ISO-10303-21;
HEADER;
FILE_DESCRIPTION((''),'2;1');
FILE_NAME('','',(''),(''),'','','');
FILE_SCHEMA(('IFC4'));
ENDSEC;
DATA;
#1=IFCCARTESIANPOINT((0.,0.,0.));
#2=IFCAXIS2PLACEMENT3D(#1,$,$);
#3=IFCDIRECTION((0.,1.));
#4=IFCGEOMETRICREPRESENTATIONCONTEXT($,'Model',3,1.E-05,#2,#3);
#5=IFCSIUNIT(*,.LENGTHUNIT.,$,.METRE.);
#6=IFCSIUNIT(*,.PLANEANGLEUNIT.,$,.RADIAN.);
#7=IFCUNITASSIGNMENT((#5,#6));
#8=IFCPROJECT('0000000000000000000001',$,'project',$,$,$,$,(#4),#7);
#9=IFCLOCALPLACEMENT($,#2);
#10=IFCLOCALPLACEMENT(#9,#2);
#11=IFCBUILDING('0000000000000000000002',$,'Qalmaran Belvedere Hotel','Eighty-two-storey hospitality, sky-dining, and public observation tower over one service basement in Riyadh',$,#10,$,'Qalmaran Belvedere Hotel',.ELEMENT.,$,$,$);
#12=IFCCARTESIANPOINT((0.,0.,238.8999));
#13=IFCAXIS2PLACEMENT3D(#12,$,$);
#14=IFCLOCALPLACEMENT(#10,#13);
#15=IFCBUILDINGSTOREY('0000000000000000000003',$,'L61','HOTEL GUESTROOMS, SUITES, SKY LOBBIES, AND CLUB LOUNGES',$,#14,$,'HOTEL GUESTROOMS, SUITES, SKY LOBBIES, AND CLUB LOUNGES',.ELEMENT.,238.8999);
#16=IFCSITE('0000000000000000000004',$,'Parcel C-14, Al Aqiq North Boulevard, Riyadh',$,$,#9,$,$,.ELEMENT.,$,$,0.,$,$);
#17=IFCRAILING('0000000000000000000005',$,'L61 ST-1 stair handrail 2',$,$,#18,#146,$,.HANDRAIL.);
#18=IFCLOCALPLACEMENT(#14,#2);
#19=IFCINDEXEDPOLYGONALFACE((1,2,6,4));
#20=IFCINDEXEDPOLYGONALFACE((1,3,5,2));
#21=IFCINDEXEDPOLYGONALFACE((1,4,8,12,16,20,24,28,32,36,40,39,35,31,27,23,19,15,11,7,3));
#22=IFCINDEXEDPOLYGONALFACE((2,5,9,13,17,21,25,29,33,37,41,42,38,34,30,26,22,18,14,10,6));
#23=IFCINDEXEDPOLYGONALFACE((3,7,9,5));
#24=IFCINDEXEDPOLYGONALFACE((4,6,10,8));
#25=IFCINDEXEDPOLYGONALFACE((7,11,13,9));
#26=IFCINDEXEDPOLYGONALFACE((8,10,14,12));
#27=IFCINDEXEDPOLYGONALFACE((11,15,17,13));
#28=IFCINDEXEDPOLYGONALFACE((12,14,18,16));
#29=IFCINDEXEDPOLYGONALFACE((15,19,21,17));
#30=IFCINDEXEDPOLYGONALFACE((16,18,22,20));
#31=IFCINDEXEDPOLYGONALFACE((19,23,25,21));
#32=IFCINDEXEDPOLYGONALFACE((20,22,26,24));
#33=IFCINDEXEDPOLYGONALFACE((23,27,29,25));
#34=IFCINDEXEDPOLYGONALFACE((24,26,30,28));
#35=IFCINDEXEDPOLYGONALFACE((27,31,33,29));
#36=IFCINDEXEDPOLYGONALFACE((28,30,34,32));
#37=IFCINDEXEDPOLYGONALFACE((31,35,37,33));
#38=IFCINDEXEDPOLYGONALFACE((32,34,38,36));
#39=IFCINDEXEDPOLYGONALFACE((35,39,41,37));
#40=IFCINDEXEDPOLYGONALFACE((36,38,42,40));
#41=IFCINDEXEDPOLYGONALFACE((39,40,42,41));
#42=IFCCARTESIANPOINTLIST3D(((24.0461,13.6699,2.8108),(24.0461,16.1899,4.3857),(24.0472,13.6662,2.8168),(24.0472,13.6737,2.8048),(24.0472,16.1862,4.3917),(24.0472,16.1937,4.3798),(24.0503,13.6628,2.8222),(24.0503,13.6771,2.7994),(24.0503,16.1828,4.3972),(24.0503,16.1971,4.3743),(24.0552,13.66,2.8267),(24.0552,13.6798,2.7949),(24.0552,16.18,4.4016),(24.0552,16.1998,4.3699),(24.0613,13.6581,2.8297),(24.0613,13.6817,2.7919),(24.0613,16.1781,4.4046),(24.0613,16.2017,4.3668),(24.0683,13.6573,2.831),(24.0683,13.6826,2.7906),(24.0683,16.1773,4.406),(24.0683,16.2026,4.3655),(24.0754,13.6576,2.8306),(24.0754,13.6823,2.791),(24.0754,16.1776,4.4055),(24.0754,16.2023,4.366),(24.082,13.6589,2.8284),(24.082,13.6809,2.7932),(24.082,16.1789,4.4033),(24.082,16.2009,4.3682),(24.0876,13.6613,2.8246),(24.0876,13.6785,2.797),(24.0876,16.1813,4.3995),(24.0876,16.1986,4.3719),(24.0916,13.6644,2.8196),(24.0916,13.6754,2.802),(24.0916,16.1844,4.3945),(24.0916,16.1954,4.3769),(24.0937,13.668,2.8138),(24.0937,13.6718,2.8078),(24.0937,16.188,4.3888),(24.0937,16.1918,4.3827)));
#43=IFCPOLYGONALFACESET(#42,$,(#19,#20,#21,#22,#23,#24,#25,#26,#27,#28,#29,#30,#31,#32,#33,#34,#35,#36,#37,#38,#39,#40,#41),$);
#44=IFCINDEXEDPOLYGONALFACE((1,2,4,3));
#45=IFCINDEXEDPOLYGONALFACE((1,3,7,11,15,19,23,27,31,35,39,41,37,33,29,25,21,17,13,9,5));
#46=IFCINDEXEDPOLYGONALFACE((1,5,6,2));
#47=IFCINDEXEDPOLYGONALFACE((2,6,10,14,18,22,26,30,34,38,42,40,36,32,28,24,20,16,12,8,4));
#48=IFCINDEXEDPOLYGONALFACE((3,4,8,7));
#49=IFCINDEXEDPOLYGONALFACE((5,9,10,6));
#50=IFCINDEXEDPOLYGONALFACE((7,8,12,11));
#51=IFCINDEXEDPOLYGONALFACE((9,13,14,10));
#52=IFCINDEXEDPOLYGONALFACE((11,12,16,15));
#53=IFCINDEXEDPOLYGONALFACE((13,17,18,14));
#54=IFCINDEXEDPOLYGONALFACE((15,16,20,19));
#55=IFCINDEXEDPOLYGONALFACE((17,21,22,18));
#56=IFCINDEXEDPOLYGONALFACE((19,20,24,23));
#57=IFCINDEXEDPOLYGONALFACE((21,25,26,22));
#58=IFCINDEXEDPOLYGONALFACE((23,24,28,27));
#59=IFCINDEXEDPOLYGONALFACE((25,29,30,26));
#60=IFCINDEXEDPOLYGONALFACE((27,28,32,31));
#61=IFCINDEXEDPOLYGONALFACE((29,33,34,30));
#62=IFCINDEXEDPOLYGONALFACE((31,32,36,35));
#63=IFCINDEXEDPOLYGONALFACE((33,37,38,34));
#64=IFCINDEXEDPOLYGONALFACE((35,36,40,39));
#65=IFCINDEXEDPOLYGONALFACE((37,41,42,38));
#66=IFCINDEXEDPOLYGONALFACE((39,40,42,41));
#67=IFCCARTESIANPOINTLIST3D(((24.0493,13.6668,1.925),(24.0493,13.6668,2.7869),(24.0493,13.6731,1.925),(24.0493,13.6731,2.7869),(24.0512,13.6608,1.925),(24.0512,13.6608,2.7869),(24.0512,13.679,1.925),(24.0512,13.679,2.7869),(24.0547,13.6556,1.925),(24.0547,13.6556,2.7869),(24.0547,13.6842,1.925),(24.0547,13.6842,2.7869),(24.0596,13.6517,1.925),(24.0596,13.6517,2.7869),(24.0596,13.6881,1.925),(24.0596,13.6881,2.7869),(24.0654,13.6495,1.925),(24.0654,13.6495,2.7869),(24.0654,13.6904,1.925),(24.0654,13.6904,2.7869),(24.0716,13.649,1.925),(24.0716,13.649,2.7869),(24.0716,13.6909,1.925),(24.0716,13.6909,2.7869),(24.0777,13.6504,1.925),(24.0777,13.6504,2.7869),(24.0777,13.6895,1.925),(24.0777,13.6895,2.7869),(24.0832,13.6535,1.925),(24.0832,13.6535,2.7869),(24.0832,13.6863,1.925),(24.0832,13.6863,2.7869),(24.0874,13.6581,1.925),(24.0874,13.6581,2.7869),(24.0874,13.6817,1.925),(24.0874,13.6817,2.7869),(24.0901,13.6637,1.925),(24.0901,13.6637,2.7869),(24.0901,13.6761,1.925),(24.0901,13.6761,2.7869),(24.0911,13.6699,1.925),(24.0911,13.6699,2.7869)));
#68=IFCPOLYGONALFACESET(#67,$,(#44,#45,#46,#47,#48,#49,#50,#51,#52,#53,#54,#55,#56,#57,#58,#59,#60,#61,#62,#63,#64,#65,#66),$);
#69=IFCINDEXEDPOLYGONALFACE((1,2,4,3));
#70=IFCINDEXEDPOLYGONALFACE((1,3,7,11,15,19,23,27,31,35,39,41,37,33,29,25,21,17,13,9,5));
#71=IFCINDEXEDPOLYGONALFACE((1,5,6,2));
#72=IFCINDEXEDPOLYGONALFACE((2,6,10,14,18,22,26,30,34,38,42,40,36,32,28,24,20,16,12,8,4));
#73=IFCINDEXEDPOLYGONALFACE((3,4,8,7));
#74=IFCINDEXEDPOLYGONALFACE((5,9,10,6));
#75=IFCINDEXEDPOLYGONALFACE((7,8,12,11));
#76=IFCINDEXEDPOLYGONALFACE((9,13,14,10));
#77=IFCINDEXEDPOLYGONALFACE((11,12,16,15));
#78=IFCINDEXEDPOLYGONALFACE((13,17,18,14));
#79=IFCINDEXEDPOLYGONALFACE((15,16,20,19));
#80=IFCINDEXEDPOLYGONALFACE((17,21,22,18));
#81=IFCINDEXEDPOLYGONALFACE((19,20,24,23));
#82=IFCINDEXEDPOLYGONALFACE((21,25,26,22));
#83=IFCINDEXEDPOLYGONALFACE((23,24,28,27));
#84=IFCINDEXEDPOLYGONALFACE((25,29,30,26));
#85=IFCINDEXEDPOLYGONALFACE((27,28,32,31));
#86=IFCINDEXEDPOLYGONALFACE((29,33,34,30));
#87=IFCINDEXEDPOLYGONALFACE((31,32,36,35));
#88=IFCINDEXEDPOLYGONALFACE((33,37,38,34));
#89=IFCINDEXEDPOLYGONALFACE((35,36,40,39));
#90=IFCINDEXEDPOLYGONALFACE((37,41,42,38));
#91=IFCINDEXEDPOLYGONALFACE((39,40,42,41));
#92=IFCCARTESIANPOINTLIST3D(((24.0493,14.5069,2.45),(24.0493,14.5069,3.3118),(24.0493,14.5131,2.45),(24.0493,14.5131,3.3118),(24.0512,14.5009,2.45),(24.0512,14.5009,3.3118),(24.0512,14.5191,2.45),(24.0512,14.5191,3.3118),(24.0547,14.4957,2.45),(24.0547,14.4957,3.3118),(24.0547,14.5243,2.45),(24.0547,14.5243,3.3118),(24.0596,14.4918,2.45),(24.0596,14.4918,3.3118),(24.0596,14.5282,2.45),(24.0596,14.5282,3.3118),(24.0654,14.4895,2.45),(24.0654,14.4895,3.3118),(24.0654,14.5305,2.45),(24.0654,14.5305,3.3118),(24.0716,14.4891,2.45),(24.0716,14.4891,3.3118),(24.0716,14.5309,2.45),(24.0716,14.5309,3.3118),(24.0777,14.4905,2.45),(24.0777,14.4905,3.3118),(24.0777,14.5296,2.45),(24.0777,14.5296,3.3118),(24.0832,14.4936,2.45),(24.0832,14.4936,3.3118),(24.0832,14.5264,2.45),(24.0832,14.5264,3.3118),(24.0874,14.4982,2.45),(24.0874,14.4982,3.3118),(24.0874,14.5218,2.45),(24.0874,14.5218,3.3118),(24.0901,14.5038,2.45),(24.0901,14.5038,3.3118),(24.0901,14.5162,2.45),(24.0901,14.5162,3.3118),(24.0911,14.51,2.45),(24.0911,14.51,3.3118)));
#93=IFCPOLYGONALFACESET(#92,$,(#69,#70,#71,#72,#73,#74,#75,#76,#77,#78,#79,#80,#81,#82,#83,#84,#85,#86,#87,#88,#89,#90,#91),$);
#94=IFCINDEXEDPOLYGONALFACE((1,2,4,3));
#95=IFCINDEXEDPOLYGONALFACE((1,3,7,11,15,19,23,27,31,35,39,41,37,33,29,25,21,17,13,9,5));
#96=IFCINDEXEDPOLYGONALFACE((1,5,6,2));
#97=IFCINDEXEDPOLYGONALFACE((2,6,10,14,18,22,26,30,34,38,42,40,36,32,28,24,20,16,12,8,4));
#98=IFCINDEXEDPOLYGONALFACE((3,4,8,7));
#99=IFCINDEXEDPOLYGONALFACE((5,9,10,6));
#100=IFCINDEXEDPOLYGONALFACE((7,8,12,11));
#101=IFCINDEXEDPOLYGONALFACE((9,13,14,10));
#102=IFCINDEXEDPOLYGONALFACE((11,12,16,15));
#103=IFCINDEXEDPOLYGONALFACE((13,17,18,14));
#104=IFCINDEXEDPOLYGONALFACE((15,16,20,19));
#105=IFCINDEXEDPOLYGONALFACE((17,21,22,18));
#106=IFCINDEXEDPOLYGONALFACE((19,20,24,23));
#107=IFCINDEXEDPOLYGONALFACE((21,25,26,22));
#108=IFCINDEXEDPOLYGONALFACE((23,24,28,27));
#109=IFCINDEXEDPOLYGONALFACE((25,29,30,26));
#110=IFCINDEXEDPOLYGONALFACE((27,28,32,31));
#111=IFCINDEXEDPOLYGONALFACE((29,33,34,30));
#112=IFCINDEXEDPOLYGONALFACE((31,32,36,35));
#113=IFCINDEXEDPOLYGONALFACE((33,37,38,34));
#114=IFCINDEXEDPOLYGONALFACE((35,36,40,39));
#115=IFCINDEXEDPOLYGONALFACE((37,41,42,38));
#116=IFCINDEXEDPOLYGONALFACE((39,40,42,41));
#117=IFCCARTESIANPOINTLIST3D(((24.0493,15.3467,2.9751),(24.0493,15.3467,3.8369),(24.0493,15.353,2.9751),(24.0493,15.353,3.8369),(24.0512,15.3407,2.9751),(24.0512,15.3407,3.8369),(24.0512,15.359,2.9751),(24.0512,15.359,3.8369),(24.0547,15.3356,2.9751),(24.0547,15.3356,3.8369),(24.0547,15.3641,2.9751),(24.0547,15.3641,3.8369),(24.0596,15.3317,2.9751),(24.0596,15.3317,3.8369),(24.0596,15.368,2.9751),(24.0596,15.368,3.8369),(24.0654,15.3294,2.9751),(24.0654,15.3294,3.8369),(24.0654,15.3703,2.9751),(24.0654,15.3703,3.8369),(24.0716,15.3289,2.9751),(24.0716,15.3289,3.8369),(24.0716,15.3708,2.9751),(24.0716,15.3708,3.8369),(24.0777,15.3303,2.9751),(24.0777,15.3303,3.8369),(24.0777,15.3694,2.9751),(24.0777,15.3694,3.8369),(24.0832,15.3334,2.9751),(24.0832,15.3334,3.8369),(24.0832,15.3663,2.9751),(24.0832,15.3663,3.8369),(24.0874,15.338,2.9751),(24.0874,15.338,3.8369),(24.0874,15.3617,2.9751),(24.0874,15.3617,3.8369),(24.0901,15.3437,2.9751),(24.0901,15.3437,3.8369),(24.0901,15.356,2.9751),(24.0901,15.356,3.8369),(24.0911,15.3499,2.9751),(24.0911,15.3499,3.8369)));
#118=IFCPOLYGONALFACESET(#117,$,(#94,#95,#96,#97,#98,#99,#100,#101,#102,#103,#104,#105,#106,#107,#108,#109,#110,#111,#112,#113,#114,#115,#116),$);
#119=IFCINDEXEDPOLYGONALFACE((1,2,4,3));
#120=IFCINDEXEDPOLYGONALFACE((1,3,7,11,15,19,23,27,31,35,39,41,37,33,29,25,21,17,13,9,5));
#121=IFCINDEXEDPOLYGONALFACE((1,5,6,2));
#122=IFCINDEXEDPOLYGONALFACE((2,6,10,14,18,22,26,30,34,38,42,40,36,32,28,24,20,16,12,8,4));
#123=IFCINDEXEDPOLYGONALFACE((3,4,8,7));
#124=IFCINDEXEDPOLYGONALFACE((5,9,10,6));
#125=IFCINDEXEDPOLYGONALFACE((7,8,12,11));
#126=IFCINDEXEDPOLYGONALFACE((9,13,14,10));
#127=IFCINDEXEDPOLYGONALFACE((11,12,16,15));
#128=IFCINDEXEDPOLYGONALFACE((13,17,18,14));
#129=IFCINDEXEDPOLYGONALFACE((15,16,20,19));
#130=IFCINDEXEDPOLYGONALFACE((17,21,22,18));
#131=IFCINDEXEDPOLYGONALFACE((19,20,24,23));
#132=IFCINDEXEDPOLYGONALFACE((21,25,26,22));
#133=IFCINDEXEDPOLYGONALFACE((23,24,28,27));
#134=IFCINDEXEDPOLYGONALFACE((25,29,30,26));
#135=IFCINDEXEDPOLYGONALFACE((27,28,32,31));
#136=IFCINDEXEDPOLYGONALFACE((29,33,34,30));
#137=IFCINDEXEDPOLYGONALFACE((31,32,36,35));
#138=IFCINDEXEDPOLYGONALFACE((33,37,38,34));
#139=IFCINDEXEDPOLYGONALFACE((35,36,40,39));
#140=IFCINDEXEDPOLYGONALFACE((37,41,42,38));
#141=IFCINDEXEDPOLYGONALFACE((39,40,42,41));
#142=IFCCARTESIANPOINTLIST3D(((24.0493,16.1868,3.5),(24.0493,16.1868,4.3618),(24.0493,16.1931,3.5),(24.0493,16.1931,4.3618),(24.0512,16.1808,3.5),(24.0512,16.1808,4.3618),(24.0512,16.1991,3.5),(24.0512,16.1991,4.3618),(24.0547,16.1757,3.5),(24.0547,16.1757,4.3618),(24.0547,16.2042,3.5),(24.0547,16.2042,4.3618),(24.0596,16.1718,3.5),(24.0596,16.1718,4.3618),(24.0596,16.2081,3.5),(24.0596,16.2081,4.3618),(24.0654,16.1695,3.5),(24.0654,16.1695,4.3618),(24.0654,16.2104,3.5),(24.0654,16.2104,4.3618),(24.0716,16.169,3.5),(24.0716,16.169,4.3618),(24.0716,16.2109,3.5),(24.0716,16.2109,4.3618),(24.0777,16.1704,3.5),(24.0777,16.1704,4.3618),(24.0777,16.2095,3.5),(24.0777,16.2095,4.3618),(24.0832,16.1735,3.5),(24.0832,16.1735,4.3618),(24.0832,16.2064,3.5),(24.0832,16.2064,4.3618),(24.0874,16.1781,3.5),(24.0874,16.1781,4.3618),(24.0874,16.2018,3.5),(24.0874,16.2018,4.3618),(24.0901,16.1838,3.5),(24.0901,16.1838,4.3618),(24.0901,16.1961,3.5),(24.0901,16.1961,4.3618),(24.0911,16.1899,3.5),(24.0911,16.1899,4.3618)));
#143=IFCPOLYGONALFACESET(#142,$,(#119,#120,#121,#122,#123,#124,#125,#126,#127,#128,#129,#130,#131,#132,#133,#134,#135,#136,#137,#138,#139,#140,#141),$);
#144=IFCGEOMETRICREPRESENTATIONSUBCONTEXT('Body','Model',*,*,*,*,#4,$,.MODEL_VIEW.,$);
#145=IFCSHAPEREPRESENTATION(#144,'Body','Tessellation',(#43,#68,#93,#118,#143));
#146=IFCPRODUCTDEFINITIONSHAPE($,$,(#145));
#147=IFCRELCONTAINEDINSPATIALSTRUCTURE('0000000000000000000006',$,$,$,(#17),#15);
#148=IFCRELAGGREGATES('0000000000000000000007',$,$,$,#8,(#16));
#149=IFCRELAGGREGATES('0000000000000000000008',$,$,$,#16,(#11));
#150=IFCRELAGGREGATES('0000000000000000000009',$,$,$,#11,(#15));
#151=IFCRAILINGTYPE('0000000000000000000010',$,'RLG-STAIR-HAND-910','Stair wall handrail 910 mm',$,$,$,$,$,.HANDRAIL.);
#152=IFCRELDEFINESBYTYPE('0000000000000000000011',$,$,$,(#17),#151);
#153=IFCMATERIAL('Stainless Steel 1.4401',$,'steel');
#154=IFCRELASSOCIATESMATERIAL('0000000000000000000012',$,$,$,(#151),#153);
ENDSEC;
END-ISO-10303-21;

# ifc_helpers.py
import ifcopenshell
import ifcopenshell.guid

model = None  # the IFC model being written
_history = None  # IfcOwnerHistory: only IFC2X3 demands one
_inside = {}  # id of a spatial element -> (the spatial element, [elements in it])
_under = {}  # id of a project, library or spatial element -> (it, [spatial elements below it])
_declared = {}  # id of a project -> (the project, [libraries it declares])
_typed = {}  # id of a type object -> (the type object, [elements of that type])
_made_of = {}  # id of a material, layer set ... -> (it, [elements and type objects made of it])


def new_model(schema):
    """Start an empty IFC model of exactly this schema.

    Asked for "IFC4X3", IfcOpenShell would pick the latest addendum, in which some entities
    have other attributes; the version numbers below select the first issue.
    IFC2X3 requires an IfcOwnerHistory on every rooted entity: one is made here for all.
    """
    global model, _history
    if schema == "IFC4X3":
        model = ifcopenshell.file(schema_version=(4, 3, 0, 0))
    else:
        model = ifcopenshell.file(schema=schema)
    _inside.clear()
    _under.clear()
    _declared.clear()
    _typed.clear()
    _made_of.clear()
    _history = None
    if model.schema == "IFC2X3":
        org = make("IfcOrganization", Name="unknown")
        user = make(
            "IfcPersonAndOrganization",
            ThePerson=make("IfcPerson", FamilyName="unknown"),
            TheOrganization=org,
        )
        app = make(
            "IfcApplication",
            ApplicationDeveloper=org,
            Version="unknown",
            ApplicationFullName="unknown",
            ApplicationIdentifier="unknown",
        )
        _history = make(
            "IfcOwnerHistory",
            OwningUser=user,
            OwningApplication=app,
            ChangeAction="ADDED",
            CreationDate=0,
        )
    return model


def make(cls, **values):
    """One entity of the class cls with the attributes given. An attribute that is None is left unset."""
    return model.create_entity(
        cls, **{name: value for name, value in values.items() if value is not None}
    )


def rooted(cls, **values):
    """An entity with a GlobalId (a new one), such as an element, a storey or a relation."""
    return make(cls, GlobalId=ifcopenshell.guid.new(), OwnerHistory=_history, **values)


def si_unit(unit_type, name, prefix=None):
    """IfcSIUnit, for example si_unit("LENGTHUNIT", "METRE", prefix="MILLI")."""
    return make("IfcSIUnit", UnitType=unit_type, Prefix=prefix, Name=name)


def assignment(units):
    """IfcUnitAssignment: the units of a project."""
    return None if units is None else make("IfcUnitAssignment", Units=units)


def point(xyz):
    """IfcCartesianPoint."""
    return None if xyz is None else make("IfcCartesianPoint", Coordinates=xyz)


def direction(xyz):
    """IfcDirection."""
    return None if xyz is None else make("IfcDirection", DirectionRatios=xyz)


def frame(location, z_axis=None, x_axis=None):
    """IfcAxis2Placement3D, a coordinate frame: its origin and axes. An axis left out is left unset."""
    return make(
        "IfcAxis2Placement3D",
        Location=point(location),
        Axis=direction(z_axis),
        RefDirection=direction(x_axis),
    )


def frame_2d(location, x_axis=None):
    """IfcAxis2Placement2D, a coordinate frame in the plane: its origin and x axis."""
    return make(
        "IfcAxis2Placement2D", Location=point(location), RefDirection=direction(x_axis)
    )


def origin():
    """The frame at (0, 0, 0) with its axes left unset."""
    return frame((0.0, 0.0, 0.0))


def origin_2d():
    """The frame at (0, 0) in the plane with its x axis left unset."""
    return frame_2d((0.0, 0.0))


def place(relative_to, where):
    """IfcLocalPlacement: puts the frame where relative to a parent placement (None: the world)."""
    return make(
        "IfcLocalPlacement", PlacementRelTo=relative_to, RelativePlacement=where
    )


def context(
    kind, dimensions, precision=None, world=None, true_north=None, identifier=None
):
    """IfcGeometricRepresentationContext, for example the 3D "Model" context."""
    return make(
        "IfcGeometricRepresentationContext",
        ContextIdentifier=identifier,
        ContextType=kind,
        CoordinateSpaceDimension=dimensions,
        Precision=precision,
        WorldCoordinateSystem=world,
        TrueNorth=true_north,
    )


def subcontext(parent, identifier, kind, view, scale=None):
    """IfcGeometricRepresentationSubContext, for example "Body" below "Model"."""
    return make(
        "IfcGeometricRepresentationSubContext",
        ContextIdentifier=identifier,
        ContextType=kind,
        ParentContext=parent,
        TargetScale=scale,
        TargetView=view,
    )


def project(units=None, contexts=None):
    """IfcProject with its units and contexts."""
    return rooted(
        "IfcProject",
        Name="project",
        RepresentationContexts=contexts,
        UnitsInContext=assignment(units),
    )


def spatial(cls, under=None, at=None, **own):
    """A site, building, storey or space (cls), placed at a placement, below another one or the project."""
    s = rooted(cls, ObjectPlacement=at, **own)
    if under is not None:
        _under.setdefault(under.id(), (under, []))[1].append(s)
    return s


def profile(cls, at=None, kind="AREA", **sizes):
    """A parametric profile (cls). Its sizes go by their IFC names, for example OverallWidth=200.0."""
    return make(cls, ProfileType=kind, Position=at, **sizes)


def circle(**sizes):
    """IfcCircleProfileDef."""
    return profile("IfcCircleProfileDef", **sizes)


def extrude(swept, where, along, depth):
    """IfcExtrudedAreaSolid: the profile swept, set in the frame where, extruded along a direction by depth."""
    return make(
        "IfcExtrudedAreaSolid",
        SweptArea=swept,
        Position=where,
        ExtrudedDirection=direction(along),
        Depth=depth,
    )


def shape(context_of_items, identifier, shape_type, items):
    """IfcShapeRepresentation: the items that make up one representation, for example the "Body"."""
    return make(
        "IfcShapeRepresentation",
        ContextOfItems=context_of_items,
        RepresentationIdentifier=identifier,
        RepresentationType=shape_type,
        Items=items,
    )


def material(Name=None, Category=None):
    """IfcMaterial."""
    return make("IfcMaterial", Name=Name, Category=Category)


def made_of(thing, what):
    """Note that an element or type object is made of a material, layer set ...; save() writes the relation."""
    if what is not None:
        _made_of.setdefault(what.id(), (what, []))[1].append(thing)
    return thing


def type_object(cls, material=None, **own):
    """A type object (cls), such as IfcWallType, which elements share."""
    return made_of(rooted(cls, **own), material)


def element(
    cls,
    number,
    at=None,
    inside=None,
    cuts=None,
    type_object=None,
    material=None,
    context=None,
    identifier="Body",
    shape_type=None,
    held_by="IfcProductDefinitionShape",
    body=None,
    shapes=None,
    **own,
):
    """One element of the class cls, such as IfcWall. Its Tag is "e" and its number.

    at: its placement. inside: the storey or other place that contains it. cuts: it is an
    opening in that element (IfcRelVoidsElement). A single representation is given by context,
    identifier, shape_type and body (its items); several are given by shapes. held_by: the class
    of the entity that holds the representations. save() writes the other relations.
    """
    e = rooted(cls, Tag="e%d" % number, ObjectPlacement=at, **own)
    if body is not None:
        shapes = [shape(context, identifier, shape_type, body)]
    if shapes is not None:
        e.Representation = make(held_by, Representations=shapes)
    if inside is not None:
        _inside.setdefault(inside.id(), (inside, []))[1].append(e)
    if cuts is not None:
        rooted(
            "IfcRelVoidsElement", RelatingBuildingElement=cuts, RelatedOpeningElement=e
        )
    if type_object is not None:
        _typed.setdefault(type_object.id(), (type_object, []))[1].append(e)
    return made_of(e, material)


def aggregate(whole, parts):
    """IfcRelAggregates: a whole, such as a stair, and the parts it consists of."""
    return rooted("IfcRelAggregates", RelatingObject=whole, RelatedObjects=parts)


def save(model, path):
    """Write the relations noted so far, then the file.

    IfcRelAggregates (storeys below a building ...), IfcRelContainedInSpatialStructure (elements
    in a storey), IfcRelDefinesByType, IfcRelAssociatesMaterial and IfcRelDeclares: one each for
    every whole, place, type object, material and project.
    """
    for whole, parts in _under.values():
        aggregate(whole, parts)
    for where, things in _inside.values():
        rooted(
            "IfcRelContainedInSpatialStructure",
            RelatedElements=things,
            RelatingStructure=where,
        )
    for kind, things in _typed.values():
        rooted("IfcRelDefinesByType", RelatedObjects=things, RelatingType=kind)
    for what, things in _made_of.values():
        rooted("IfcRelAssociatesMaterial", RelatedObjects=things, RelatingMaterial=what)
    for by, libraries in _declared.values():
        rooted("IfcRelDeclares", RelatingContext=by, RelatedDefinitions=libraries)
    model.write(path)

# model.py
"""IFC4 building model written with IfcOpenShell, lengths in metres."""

from ifc_helpers import new_model, si_unit, direction, frame, origin, origin_2d, place, context, subcontext, project, spatial, circle, extrude, material, type_object, element, save


model = new_model("IFC4")

# Units and contexts
model_context = context("Model", 3, precision=1e-05, world=origin(), true_north=direction((0.0, 1.0)))
body_context = subcontext(model_context, "Body", "Model", "MODEL_VIEW")
ifc_project = project(units=[si_unit("LENGTHUNIT", "METRE"), si_unit("PLANEANGLEUNIT", "RADIAN")], contexts=[model_context])

# Site, building, storey
site_placement = place(None, origin())
site = spatial("IfcSite", under=ifc_project, at=site_placement, Name="Parcel C-14, Al Aqiq North Boulevard, Riyadh", CompositionType="ELEMENT", RefElevation=0.0)
building_placement = place(site_placement, origin())
building = spatial("IfcBuilding", under=site, at=building_placement, Name="Qalmaran Belvedere Hotel", Description="Eighty-two-storey hospitality, sky-dining, and public observation tower over one service basement in Riyadh", LongName="Qalmaran Belvedere Hotel", CompositionType="ELEMENT")
storey_placement = place(building_placement, frame((0.0, 0.0, 238.8999)))
storey = spatial("IfcBuildingStorey", under=building, at=storey_placement, Name="L61", Description="HOTEL GUESTROOMS, SUITES, SKY LOBBIES, AND CLUB LOUNGES", LongName="HOTEL GUESTROOMS, SUITES, SKY LOBBIES, AND CLUB LOUNGES", CompositionType="ELEMENT", Elevation=238.8999)

# Railing
ifc_material_1 = material(Name="Stainless Steel 1.4401", Category="steel")
railing_type_1 = type_object("IfcRailingType", Name="RLG-STAIR-HAND-910", Description="Stair wall handrail 910 mm", PredefinedType="HANDRAIL", material=ifc_material_1)
railing_1_placement = place(storey_placement, frame((24.0701, 13.6699, 1.925)))
element("IfcRailing", 1, at=railing_1_placement, inside=storey, type_object=railing_type_1, Name="L61 ST-1 stair handrail 2", PredefinedType="HANDRAIL", context=body_context, shape_type="SweptSolid", body=[
    extrude(circle(Radius=0.0239, at=origin_2d()), frame((0.0, 0.0, 0.8857), z_axis=(0.0, 0.848008, 0.529984), x_axis=(-1.0, 0.0, 0.0)), (0.0, 0.0, 1.0), 2.9717),
    extrude(circle(Radius=0.021, at=origin_2d()), origin(), (0.0, 0.0, 1.0), 0.8618),
    extrude(circle(Radius=0.021, at=origin_2d()), frame((0.0, 0.8401, 0.5249)), (0.0, 0.0, 1.0), 0.8618),
    extrude(circle(Radius=0.021, at=origin_2d()), frame((0.0, 1.6799, 1.05)), (0.0, 0.0, 1.0), 0.8618),
    extrude(circle(Radius=0.021, at=origin_2d()), frame((0.0, 2.52, 1.575)), (0.0, 0.0, 1.0), 0.8618),
])

save(model, "model.ifc")
